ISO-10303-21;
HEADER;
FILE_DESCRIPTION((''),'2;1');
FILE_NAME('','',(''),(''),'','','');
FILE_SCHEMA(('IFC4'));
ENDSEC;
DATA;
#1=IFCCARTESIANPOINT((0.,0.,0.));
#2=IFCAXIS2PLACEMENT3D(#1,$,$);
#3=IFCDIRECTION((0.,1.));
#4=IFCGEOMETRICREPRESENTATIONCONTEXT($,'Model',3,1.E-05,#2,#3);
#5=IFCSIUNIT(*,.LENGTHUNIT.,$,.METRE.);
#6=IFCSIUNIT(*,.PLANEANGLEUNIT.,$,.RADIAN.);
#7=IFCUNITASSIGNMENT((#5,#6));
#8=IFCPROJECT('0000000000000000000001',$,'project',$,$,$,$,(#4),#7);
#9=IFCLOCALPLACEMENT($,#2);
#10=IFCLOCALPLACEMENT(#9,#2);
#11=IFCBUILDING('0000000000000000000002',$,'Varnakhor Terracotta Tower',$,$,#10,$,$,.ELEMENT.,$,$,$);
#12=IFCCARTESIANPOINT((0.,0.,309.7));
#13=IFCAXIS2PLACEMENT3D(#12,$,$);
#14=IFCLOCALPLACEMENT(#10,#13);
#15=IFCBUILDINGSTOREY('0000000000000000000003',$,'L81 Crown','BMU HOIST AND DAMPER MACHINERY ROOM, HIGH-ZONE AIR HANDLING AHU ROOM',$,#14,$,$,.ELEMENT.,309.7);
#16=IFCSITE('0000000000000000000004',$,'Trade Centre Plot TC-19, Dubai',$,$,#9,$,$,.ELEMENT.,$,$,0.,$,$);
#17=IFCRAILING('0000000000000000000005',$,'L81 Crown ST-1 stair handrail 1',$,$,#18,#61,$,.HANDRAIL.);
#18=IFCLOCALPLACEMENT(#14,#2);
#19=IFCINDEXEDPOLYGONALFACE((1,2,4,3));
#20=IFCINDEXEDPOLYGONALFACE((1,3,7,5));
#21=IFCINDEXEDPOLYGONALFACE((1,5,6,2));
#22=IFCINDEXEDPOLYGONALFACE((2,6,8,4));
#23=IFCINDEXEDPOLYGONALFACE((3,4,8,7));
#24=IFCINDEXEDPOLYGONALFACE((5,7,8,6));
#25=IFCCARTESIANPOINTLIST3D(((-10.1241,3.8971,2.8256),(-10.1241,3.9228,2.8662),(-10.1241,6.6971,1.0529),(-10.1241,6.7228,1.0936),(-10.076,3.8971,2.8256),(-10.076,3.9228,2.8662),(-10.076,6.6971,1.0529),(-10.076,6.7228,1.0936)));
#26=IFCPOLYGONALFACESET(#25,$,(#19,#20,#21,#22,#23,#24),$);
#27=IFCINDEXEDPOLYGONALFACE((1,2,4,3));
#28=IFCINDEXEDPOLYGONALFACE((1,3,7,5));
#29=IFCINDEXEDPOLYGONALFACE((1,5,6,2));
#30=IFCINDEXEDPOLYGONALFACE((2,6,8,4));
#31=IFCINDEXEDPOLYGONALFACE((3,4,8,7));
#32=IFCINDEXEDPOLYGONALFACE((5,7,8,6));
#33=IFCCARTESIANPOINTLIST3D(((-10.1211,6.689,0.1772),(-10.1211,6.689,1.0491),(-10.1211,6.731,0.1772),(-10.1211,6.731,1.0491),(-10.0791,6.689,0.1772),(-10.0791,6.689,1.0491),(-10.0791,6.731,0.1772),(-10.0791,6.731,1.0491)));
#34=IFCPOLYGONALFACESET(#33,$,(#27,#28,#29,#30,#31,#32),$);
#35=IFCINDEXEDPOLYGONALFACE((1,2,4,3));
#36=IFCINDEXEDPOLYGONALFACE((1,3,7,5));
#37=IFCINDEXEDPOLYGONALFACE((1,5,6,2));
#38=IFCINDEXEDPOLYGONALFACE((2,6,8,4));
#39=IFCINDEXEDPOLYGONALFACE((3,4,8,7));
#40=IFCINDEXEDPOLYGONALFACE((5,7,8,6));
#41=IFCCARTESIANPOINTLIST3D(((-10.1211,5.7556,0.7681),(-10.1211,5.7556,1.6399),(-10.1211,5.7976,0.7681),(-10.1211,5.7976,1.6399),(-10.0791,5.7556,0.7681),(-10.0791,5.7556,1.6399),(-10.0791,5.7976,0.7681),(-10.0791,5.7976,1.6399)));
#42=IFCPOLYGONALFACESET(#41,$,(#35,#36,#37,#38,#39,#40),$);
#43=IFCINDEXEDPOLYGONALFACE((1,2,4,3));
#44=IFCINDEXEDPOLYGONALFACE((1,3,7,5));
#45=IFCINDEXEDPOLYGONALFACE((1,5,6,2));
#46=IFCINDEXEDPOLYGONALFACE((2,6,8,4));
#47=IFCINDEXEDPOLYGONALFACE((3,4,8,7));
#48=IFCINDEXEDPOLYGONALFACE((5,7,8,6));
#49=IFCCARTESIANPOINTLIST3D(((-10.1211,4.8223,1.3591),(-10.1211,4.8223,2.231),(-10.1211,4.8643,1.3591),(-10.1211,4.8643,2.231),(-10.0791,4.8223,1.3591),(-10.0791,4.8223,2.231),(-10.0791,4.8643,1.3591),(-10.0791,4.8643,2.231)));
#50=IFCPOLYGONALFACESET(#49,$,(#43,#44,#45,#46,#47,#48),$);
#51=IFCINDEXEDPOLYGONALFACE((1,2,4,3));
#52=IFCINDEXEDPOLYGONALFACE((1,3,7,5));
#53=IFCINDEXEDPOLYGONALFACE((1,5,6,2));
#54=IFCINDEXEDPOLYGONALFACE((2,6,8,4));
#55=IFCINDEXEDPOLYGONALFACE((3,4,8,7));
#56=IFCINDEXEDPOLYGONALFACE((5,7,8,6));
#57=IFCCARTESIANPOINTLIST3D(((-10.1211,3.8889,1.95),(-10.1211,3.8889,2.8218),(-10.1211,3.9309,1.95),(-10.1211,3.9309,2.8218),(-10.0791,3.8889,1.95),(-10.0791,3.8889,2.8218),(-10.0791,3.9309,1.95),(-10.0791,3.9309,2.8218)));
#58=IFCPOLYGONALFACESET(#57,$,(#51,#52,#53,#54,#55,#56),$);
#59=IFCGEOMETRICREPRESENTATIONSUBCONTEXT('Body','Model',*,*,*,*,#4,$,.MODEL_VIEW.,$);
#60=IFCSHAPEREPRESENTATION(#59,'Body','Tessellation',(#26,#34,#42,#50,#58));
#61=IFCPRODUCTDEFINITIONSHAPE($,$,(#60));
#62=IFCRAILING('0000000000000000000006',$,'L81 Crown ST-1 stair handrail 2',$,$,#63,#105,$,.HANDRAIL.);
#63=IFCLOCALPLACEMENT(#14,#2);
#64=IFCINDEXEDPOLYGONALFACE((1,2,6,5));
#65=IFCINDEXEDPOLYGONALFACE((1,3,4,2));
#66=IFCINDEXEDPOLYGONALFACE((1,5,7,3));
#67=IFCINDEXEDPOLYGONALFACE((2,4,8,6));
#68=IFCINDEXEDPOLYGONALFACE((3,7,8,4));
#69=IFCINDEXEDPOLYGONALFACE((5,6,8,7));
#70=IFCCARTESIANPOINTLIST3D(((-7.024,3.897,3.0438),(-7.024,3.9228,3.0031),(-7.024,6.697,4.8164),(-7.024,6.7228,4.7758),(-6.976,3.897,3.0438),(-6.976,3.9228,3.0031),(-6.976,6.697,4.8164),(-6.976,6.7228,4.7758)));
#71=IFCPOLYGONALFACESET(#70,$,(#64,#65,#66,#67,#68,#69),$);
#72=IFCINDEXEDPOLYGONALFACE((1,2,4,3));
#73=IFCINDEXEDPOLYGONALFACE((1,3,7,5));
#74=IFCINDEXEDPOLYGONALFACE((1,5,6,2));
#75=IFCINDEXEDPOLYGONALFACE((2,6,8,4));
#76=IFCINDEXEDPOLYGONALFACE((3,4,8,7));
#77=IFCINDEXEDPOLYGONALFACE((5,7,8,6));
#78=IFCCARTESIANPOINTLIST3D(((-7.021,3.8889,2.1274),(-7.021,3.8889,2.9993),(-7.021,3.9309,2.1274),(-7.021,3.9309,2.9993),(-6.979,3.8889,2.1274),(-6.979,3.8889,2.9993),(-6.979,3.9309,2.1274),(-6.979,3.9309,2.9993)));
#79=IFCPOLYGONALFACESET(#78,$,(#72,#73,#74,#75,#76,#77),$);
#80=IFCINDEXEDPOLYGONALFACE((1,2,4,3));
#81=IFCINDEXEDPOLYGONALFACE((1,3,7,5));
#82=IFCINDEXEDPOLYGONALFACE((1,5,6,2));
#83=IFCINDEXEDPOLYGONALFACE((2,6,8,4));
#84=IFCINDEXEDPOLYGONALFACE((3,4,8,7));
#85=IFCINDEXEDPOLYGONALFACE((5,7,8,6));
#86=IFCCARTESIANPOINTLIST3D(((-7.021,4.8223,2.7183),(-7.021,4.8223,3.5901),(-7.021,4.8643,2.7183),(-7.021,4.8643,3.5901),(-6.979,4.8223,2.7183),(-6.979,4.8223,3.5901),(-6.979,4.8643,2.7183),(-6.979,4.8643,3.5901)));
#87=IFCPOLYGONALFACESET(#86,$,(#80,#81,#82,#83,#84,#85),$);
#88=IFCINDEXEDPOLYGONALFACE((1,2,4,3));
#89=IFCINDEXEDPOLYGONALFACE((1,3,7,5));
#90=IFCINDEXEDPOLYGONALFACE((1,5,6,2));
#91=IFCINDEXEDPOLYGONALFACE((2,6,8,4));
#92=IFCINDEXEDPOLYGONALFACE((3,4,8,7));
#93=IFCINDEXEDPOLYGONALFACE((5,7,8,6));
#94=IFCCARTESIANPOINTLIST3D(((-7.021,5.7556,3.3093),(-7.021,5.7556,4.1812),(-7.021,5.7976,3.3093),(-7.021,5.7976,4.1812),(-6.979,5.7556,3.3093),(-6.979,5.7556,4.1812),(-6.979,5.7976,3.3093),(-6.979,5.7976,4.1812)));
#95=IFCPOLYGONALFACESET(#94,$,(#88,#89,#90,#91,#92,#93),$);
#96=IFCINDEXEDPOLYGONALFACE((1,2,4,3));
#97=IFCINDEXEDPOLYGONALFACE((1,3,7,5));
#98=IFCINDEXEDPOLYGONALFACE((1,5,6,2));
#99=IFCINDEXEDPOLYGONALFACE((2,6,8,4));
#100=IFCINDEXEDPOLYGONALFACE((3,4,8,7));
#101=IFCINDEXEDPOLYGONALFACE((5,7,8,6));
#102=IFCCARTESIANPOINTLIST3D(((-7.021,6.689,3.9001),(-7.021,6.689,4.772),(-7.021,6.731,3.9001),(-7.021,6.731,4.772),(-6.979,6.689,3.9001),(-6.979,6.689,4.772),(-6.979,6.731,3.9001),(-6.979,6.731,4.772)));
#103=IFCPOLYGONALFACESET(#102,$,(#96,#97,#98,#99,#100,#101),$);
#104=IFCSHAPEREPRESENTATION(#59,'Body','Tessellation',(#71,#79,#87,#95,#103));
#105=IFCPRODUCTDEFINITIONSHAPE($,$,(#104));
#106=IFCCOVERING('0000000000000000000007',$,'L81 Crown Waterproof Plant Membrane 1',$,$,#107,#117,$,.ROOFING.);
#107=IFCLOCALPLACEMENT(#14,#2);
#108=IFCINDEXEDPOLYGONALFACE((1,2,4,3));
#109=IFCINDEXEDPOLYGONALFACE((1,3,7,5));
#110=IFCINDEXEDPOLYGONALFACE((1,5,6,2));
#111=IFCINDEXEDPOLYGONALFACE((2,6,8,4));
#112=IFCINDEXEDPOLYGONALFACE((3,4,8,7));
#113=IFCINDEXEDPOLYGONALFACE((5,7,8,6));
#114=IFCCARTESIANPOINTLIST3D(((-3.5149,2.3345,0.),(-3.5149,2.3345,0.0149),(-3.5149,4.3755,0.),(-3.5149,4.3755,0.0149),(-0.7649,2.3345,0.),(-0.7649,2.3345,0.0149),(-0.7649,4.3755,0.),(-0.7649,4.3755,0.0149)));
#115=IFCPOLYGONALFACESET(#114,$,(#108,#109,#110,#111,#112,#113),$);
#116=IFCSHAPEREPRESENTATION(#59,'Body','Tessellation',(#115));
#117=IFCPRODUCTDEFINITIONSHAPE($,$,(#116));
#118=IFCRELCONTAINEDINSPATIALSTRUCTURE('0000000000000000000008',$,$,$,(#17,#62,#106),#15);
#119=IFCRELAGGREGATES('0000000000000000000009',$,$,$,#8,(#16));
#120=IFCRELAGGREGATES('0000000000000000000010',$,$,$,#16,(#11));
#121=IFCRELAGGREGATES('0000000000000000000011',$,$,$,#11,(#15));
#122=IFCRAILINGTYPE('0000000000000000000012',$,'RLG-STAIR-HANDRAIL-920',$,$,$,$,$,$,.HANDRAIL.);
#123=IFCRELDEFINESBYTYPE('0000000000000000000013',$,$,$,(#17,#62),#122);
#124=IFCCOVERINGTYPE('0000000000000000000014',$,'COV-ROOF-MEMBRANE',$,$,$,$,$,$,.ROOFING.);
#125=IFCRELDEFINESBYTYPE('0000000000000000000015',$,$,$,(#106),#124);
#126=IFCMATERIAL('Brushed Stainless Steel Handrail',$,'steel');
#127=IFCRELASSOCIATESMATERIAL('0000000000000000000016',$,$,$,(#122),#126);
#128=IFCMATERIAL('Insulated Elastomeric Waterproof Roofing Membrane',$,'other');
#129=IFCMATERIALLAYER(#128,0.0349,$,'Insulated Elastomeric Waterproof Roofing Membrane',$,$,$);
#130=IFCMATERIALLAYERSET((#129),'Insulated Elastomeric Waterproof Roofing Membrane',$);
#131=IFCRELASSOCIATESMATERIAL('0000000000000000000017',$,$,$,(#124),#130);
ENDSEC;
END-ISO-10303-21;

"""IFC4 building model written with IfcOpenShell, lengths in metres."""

from ifc_helpers import new_model, si_unit, direction, frame, origin, origin_2d, place, context, subcontext, project, spatial, rectangle, extrude, source, transform, mapped, material, layer, layer_set, type_object, element, save


model = new_model("IFC4")

# Units and contexts
model_context = context("Model", 3, precision=1e-05, world=origin(), true_north=direction((0.0, 1.0)))
body_context = subcontext(model_context, "Body", "Model", "MODEL_VIEW")
ifc_project = project(units=[si_unit("LENGTHUNIT", "METRE"), si_unit("PLANEANGLEUNIT", "RADIAN")], contexts=[model_context])

# Site, building, storey
site_placement = place(None, origin())
site = spatial("IfcSite", under=ifc_project, at=site_placement, Name="Trade Centre Plot TC-19, Dubai", CompositionType="ELEMENT", RefElevation=0.0)
building_placement = place(site_placement, origin())
building = spatial("IfcBuilding", under=site, at=building_placement, Name="Varnakhor Terracotta Tower", CompositionType="ELEMENT")
storey_placement = place(building_placement, frame((0.0, 0.0, 309.7)))
storey = spatial("IfcBuildingStorey", under=building, at=storey_placement, Name="L81 Crown", Description="BMU HOIST AND DAMPER MACHINERY ROOM, HIGH-ZONE AIR HANDLING AHU ROOM", CompositionType="ELEMENT", Elevation=309.7)

# Railings
ifc_material_1 = material(Name="Brushed Stainless Steel Handrail", Category="steel")
railing_type_1 = type_object("IfcRailingType", Name="RLG-STAIR-HANDRAIL-920", PredefinedType="HANDRAIL", material=ifc_material_1)
railing_1_placement = place(storey_placement, frame((-10.1001, 6.71, 0.1772)))
element("IfcRailing", 1, at=railing_1_placement, inside=storey, type_object=railing_type_1, Name="L81 Crown ST-1 stair handrail 1", PredefinedType="HANDRAIL", context=body_context, shape_type="SweptSolid", body=[
    extrude(rectangle(XDim=0.0481, YDim=0.0481, at=origin_2d()), frame((0.0, 0.0, 0.896), z_axis=(0.0, -0.844909, 0.53491), x_axis=(1.0, 0.0, 0.0)), (0.0, 0.0, 1.0), 3.314),
    extrude(rectangle(XDim=0.042, YDim=0.042, at=origin_2d()), origin(), (0.0, 0.0, 1.0), 0.8718),
    extrude(rectangle(XDim=0.042, YDim=0.042, at=origin_2d()), frame((0.0, -0.9333, 0.5908)), (0.0, 0.0, 1.0), 0.8718),
    extrude(rectangle(XDim=0.042, YDim=0.042, at=origin_2d()), frame((0.0, -1.8667, 1.1819)), (0.0, 0.0, 1.0), 0.8718),
    extrude(rectangle(XDim=0.042, YDim=0.042, at=origin_2d()), frame((0.0, -2.8, 1.7727)), (0.0, 0.0, 1.0), 0.8718),
])
railing_2_placement = place(storey_placement, frame((-7.0, 3.9099, 2.1274)))
element("IfcRailing", 2, at=railing_2_placement, inside=storey, type_object=railing_type_1, Name="L81 Crown ST-1 stair handrail 2", PredefinedType="HANDRAIL", context=body_context, shape_type="SweptSolid", body=[
    extrude(rectangle(XDim=0.0481, YDim=0.0481, at=origin_2d()), frame((0.0, 0.0, 0.896), z_axis=(0.0, 0.844909, 0.53491), x_axis=(-1.0, 0.0, 0.0)), (0.0, 0.0, 1.0), 3.314),
    extrude(rectangle(XDim=0.042, YDim=0.042, at=origin_2d()), origin(), (0.0, 0.0, 1.0), 0.8718),
    extrude(rectangle(XDim=0.042, YDim=0.042, at=origin_2d()), frame((0.0, 0.9333, 0.5908)), (0.0, 0.0, 1.0), 0.8718),
    extrude(rectangle(XDim=0.042, YDim=0.042, at=origin_2d()), frame((0.0, 1.8667, 1.1819)), (0.0, 0.0, 1.0), 0.8718),
    extrude(rectangle(XDim=0.042, YDim=0.042, at=origin_2d()), frame((0.0, 2.8, 1.7727)), (0.0, 0.0, 1.0), 0.8718),
])

# Covering
ifc_material_2 = material(Name="Insulated Elastomeric Waterproof Roofing Membrane", Category="other")
ifc_layer_1 = layer(ifc_material_2, 0.0349, Name="Insulated Elastomeric Waterproof Roofing Membrane")
ifc_layer_set_1 = layer_set([ifc_layer_1], Name="Insulated Elastomeric Waterproof Roofing Membrane")
covering_type = type_object("IfcCoveringType", Name="COV-ROOF-MEMBRANE", PredefinedType="ROOFING", material=ifc_layer_set_1)
shared_shape_1 = source(origin(), body_context, "Body", "SweptSolid", [
    extrude(rectangle(XDim=2.75, YDim=2.041, at=origin_2d()), origin(), (0.0, 0.0, 1.0), 0.0149),
])
covering_placement = place(storey_placement, frame((-2.1399, 3.355, 0.0), z_axis=(0.0, 0.0, 1.0), x_axis=(1.0, 0.0, 0.0)))
element("IfcCovering", 3, at=covering_placement, inside=storey, type_object=covering_type, Name="L81 Crown Waterproof Plant Membrane 1", PredefinedType="ROOFING", context=body_context, shape_type="MappedRepresentation", body=[
    mapped(shared_shape_1, transform((0.0, 0.0, 0.0), scale=1.0)),
])

save(model, "model.ifc")
